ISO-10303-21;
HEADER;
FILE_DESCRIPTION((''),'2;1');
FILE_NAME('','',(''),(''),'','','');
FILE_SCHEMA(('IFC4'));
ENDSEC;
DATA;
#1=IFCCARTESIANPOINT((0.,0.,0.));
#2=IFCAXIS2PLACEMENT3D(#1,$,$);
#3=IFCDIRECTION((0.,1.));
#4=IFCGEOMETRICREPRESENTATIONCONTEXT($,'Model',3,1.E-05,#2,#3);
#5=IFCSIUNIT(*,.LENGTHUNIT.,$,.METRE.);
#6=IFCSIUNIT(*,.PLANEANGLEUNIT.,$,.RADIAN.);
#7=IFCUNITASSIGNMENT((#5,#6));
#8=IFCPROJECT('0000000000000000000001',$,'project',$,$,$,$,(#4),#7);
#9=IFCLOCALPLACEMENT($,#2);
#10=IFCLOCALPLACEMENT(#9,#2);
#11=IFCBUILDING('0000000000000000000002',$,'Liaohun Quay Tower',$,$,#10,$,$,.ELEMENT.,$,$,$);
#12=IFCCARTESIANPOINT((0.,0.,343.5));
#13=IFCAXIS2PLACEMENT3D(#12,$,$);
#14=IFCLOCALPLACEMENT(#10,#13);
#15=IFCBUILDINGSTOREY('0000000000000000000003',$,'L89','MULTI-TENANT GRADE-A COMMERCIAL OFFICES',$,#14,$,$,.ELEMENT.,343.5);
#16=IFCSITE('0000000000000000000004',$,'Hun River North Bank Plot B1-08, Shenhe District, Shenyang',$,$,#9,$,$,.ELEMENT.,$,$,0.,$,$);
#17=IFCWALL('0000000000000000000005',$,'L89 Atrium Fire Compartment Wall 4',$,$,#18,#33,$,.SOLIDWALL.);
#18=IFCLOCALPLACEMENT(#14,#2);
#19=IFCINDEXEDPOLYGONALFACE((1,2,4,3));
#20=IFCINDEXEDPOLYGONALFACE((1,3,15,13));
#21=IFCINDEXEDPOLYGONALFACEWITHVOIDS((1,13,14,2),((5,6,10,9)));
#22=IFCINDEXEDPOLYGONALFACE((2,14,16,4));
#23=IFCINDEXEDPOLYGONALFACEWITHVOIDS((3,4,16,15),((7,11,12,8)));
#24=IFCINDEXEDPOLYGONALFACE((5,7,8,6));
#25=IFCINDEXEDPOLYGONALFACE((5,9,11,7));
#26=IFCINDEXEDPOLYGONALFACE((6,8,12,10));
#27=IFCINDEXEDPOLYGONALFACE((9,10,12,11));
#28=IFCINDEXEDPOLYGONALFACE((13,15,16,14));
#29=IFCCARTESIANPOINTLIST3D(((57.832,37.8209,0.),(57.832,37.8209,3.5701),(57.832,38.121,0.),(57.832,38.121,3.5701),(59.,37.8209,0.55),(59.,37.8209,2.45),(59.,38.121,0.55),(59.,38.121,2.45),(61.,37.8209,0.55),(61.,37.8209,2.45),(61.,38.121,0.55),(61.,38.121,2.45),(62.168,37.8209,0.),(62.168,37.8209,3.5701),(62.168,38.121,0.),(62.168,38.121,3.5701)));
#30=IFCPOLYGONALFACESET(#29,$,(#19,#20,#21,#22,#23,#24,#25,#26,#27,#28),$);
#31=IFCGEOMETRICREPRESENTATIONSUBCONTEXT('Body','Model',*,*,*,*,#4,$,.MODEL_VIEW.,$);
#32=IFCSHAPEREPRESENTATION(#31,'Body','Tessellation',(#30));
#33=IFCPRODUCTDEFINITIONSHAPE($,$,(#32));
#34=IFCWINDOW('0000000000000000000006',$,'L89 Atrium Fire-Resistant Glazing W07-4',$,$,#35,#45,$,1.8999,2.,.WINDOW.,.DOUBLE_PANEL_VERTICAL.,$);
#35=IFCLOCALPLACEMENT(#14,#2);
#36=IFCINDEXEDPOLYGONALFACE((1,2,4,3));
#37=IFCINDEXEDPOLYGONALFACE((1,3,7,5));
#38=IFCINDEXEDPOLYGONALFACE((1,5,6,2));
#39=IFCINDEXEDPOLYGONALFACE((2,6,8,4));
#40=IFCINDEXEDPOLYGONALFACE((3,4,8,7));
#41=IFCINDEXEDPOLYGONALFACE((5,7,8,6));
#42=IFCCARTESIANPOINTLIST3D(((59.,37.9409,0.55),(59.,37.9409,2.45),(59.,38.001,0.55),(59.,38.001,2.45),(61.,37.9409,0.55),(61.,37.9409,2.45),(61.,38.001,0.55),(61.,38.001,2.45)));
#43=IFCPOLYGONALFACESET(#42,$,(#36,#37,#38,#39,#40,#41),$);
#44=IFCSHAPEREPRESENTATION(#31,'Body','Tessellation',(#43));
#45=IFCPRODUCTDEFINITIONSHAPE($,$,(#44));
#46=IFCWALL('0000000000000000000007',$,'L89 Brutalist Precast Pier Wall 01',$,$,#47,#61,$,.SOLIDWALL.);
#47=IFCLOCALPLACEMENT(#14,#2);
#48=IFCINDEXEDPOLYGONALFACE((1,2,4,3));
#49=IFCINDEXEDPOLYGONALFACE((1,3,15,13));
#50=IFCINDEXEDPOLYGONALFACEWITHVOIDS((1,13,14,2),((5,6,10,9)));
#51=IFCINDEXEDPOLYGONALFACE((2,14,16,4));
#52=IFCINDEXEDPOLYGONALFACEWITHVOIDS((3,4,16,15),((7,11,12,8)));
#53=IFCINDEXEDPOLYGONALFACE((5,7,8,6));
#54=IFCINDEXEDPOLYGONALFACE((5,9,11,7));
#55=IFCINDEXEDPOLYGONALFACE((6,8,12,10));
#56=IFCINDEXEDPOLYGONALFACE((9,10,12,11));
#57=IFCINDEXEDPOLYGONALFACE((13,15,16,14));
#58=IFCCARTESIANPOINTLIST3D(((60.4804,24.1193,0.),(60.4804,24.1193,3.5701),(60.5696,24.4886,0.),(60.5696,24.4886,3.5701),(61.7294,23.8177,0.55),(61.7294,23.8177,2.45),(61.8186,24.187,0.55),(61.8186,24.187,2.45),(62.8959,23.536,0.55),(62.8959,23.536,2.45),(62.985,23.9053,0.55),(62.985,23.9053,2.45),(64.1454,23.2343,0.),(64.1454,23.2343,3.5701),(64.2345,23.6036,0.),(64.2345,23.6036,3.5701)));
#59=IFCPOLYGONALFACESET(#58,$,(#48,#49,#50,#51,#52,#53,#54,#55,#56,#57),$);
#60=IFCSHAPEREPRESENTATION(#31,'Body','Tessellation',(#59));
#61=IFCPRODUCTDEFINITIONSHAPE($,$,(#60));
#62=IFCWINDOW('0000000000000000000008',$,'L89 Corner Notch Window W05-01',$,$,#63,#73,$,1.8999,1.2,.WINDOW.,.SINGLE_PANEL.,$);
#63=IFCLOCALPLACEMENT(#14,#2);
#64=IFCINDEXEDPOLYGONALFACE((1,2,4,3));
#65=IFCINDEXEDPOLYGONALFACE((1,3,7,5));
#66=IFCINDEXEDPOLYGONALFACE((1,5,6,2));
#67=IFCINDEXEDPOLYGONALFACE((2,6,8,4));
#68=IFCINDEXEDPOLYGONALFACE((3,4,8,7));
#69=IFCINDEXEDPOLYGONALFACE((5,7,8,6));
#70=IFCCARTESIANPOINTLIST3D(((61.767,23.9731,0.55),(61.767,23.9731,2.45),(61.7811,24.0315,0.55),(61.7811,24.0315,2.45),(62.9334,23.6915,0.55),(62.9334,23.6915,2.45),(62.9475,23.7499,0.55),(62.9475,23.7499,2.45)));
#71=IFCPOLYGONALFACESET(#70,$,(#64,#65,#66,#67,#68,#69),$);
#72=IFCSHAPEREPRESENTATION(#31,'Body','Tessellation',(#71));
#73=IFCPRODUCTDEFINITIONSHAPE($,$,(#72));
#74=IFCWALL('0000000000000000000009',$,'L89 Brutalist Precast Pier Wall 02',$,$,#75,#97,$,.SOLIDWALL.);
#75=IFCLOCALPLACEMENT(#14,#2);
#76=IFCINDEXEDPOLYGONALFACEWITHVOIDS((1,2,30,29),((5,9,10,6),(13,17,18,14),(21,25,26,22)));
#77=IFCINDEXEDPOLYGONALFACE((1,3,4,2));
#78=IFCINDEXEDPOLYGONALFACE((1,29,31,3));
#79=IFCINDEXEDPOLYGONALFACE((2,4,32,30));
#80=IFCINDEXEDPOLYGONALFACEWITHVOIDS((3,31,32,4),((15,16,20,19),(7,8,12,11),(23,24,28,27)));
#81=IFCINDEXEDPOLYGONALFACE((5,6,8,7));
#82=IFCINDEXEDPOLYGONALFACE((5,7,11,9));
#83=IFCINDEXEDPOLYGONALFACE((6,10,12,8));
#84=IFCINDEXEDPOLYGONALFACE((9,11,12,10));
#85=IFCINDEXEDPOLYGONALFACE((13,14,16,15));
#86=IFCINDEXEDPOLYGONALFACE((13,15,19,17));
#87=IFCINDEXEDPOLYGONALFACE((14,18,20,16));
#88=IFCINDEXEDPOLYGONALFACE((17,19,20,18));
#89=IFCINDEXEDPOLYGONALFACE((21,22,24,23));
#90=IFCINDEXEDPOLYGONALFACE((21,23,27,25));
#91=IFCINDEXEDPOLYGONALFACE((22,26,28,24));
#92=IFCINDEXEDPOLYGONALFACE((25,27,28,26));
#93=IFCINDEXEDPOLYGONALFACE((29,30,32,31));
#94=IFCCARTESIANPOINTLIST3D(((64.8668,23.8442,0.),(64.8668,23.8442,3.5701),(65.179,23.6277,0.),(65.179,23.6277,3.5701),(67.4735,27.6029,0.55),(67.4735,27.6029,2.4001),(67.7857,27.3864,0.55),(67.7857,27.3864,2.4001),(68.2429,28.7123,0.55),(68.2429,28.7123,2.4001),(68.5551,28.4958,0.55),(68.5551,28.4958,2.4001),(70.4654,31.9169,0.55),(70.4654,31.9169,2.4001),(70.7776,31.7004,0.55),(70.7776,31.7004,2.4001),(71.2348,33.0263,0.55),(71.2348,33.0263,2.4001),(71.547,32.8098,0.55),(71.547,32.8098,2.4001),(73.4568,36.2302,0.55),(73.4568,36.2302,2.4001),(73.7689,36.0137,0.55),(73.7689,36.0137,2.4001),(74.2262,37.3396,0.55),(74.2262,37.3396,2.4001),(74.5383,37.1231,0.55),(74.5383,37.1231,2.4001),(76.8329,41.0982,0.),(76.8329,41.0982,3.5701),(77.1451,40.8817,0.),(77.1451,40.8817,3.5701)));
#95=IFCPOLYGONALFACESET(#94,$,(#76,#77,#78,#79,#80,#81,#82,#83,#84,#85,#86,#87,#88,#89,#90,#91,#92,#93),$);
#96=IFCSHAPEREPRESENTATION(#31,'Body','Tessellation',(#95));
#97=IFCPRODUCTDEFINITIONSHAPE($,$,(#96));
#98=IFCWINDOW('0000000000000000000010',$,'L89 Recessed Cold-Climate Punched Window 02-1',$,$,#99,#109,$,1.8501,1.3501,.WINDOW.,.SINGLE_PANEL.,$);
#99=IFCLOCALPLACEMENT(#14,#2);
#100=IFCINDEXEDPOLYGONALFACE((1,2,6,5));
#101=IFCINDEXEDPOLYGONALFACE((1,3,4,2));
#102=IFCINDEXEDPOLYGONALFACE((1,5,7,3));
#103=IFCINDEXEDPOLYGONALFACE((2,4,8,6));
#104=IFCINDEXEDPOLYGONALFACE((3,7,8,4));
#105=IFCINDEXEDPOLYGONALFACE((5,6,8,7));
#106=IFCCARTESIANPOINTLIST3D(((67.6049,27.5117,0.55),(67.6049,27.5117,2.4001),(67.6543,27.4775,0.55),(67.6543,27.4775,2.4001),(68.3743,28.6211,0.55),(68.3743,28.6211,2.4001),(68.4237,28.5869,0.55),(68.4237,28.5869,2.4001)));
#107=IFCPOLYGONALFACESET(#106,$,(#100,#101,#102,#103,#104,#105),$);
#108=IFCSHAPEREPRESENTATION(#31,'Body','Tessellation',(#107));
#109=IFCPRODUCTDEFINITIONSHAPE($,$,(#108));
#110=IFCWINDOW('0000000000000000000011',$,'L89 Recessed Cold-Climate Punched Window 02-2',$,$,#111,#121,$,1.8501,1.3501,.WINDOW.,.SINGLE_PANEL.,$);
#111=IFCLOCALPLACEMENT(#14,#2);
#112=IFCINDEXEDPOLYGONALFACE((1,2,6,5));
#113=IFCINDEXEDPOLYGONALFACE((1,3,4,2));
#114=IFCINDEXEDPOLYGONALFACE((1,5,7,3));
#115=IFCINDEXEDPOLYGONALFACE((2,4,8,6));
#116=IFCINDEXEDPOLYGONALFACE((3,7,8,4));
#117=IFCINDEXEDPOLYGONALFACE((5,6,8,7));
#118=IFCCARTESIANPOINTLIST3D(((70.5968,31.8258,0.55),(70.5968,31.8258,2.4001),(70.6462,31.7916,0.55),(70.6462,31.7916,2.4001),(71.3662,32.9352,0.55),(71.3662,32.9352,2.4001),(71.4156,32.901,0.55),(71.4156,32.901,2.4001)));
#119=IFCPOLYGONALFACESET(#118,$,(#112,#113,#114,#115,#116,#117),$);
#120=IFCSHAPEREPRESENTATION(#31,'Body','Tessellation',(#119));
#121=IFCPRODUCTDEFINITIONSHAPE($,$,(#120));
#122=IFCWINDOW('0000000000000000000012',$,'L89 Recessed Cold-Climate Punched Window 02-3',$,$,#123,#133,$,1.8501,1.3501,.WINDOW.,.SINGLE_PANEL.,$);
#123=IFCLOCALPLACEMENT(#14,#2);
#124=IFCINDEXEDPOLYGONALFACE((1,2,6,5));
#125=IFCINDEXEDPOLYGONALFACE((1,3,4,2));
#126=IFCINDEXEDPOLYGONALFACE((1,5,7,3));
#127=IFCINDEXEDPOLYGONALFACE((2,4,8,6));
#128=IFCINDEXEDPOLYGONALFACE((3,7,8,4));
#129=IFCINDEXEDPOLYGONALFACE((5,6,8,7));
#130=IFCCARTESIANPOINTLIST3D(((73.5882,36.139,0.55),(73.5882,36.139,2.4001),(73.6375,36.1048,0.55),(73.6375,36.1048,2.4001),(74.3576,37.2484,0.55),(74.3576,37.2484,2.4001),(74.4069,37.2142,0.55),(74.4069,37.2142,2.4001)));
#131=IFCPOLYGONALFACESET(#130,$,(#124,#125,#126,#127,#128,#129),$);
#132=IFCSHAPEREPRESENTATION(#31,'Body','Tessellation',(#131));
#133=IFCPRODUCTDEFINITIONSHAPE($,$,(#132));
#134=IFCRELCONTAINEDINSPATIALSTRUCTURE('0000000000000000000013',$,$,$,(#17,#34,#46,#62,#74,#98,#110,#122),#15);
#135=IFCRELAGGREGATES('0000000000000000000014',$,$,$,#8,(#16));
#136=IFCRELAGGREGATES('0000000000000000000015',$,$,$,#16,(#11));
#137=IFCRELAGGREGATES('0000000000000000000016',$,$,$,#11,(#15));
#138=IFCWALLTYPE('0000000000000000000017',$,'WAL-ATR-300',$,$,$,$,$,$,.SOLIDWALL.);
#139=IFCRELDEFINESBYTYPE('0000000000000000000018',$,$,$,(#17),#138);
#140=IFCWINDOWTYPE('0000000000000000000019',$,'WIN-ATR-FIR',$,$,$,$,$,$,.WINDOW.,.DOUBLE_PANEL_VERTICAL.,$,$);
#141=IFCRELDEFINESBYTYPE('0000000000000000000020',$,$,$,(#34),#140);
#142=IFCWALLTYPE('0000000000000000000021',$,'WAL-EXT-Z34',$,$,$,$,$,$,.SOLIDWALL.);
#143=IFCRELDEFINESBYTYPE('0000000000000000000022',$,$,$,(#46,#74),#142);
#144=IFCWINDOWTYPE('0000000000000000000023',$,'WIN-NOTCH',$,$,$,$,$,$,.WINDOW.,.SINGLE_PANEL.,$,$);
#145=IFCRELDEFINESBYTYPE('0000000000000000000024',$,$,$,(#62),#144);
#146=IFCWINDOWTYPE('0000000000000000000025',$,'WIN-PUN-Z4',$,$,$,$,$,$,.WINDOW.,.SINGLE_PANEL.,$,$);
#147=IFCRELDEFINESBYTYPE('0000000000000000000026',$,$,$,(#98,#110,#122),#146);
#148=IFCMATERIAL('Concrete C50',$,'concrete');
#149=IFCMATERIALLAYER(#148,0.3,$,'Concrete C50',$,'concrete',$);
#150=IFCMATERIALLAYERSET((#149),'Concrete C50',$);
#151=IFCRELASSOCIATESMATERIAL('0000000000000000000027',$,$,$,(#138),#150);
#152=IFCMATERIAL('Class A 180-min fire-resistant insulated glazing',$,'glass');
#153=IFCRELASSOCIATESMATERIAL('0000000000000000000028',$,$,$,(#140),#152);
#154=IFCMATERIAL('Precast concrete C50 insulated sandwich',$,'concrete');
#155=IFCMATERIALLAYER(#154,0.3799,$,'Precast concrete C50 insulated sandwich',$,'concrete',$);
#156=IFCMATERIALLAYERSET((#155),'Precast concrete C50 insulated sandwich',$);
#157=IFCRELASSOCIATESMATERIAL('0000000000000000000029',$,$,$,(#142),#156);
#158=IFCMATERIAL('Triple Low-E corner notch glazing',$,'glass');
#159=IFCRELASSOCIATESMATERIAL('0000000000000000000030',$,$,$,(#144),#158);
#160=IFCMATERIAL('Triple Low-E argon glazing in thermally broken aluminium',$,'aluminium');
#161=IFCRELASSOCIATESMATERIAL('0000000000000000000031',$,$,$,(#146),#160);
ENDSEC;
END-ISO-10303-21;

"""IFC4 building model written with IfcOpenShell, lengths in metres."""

from ifc_helpers import new_model, si_unit, direction, frame, frame_2d, origin, place, context, subcontext, project, spatial, rectangle, extrude, source, transform, mapped, material, layer, layer_set, type_object, element, fill, save


model = new_model("IFC4")

# Units and contexts
model_context = context("Model", 3, precision=1e-05, world=origin(), true_north=direction((0.0, 1.0)))
body_context = subcontext(model_context, "Body", "Model", "MODEL_VIEW")
ifc_project = project(units=[si_unit("LENGTHUNIT", "METRE"), si_unit("PLANEANGLEUNIT", "RADIAN")], contexts=[model_context])

# Site, building, storey
site_placement = place(None, origin())
site = spatial("IfcSite", under=ifc_project, at=site_placement, Name="Hun River North Bank Plot B1-08, Shenhe District, Shenyang", CompositionType="ELEMENT", RefElevation=0.0)
building_placement = place(site_placement, origin())
building = spatial("IfcBuilding", under=site, at=building_placement, Name="Liaohun Quay Tower", CompositionType="ELEMENT")
storey_placement = place(building_placement, frame((0.0, 0.0, 343.5)))
storey = spatial("IfcBuildingStorey", under=building, at=storey_placement, Name="L89", Description="MULTI-TENANT GRADE-A COMMERCIAL OFFICES", CompositionType="ELEMENT", Elevation=343.5)

# Shared definitions
ifc_material_1 = material(Name="Concrete C50", Category="concrete")

# Walls, openings, windows
ifc_layer_1 = layer(ifc_material_1, 0.3, Name="Concrete C50", Category="concrete")
ifc_layer_set_1 = layer_set([ifc_layer_1], Name="Concrete C50")
wall_type_1 = type_object("IfcWallType", Name="WAL-ATR-300", PredefinedType="SOLIDWALL", material=ifc_layer_set_1)
shared_shape_1 = source(origin(), body_context, "Body", "SweptSolid", [
    extrude(rectangle(XDim=2.0, YDim=1.8999, at=frame_2d((1.0, 0.95))), frame((0.0, 0.1599, 0.0), z_axis=(0.0, -1.0, 0.0), x_axis=(1.0, 0.0, 0.0)), (0.0, 0.0, 1.0), 0.3201),
])
ifc_material_2 = material(Name="Class A 180-min fire-resistant insulated glazing", Category="glass")
window_type_1 = type_object("IfcWindowType", Name="WIN-ATR-FIR", PartitioningType="DOUBLE_PANEL_VERTICAL", PredefinedType="WINDOW", material=ifc_material_2)
shared_shape_2 = source(origin(), body_context, "Body", "SweptSolid", [
    extrude(rectangle(XDim=2.0, YDim=1.8999, at=frame_2d((1.0, 0.95))), frame((0.0, 0.03, 0.0), z_axis=(0.0, -1.0, 0.0), x_axis=(1.0, 0.0, 0.0)), (0.0, 0.0, 1.0), 0.0601),
])
wall_1_placement = place(storey_placement, frame((62.168, 37.9709, 0.0), z_axis=(0.0, 0.0, 1.0), x_axis=(-1.0, 0.0, 0.0)))
wall_1 = element("IfcWall", 1, at=wall_1_placement, inside=storey, type_object=wall_type_1, Name="L89 Atrium Fire Compartment Wall 4", PredefinedType="SOLIDWALL", context=body_context, shape_type="SweptSolid", body=[
    extrude(rectangle(XDim=4.3359, YDim=0.3, at=frame_2d((2.168, 0.0))), origin(), (0.0, 0.0, 1.0), 3.5701),
])
opening_1_placement = place(wall_1_placement, frame((1.168, 0.0, 0.55)))
opening_1 = element("IfcOpeningElement", 2, at=opening_1_placement, cuts=wall_1, PredefinedType="OPENING", context=body_context, shape_type="MappedRepresentation", body=[
    mapped(shared_shape_1, transform((0.0, 0.0, 0.0), x_axis=(1.0, 0.0, 0.0), y_axis=(0.0, 1.0, 0.0), z_axis=(0.0, 0.0, 1.0), scale=1.0)),
])
window_1_placement = place(opening_1_placement, origin())
window_1 = element("IfcWindow", 3, at=window_1_placement, inside=storey, type_object=window_type_1, Name="L89 Atrium Fire-Resistant Glazing W07-4", OverallHeight=1.8999, OverallWidth=2.0, PartitioningType="DOUBLE_PANEL_VERTICAL", PredefinedType="WINDOW", context=body_context, shape_type="MappedRepresentation", body=[
    mapped(shared_shape_2, transform((0.0, 0.0, 0.0), x_axis=(1.0, 0.0, 0.0), y_axis=(0.0, 1.0, 0.0), z_axis=(0.0, 0.0, 1.0), scale=1.0)),
])
fill(opening_1, window_1)
ifc_material_3 = material(Name="Precast concrete C50 insulated sandwich", Category="concrete")
ifc_layer_2 = layer(ifc_material_3, 0.3799, Name="Precast concrete C50 insulated sandwich", Category="concrete")
ifc_layer_set_2 = layer_set([ifc_layer_2], Name="Precast concrete C50 insulated sandwich")
wall_type_2 = type_object("IfcWallType", Name="WAL-EXT-Z34", PredefinedType="SOLIDWALL", material=ifc_layer_set_2)
wall_2_placement = place(storey_placement, frame((60.5249, 24.304, 0.0), z_axis=(0.0, 0.0, 1.0), x_axis=(0.972061, -0.234727, 0.0)))
wall_2 = element("IfcWall", 4, at=wall_2_placement, inside=storey, type_object=wall_type_2, Name="L89 Brutalist Precast Pier Wall 01", PredefinedType="SOLIDWALL", context=body_context, shape_type="SweptSolid", body=[
    extrude(rectangle(XDim=3.7703, YDim=0.3799, at=frame_2d((1.8853, 0.0))), origin(), (0.0, 0.0, 1.0), 3.5701),
])
shared_shape_3 = source(origin(), body_context, "Body", "SweptSolid", [
    extrude(rectangle(XDim=1.2, YDim=1.8999, at=frame_2d((0.6001, 0.95))), frame((0.0, 0.2, 0.0), z_axis=(0.0, -1.0, 0.0), x_axis=(1.0, 0.0, 0.0)), (0.0, 0.0, 1.0), 0.3999),
])
opening_2_placement = place(wall_2_placement, frame((1.2849, 0.0, 0.55)))
opening_2 = element("IfcOpeningElement", 5, at=opening_2_placement, cuts=wall_2, PredefinedType="OPENING", context=body_context, shape_type="MappedRepresentation", body=[
    mapped(shared_shape_3, transform((0.0, 0.0, 0.0), x_axis=(1.0, 0.0, 0.0), y_axis=(0.0, 1.0, 0.0), z_axis=(0.0, 0.0, 1.0), scale=1.0)),
])
ifc_material_4 = material(Name="Triple Low-E corner notch glazing", Category="glass")
window_type_2 = type_object("IfcWindowType", Name="WIN-NOTCH", PartitioningType="SINGLE_PANEL", PredefinedType="WINDOW", material=ifc_material_4)
shared_shape_4 = source(origin(), body_context, "Body", "SweptSolid", [
    extrude(rectangle(XDim=1.2, YDim=1.8999, at=frame_2d((0.6001, 0.95))), frame((0.0, 0.03, 0.0), z_axis=(0.0, -1.0, 0.0), x_axis=(1.0, 0.0, 0.0)), (0.0, 0.0, 1.0), 0.0601),
])
window_2_placement = place(opening_2_placement, origin())
window_2 = element("IfcWindow", 6, at=window_2_placement, inside=storey, type_object=window_type_2, Name="L89 Corner Notch Window W05-01", OverallHeight=1.8999, OverallWidth=1.2, PartitioningType="SINGLE_PANEL", PredefinedType="WINDOW", context=body_context, shape_type="MappedRepresentation", body=[
    mapped(shared_shape_4, transform((0.0, 0.0, 0.0), x_axis=(1.0, 0.0, 0.0), y_axis=(0.0, 1.0, 0.0), z_axis=(0.0, 0.0, 1.0), scale=1.0)),
])
fill(opening_2, window_2)

# Wall, openings, windows
wall_3_placement = place(storey_placement, frame((65.0229, 23.7361, 0.0), z_axis=(0.0, 0.0, 1.0), x_axis=(0.569888, 0.821723, 0.0)))
wall_3 = element("IfcWall", 7, at=wall_3_placement, inside=storey, type_object=wall_type_2, Name="L89 Brutalist Precast Pier Wall 02", PredefinedType="SOLIDWALL", context=body_context, shape_type="SweptSolid", body=[
    extrude(rectangle(XDim=20.9973, YDim=0.3799, at=frame_2d((10.4985, 0.0))), origin(), (0.0, 0.0, 1.0), 3.5701),
])
shared_shape_5 = source(origin(), body_context, "Body", "SweptSolid", [
    extrude(rectangle(XDim=1.3501, YDim=1.8501, at=frame_2d((0.675, 0.925))), frame((0.0, 0.2, 0.0), z_axis=(0.0, -1.0, 0.0), x_axis=(1.0, 0.0, 0.0)), (0.0, 0.0, 1.0), 0.3999),
])
opening_3_placement = place(wall_3_placement, frame((4.574, 0.0, 0.55)))
opening_3 = element("IfcOpeningElement", 8, at=opening_3_placement, cuts=wall_3, PredefinedType="OPENING", context=body_context, shape_type="MappedRepresentation", body=[
    mapped(shared_shape_5, transform((0.0, 0.0, 0.0), x_axis=(1.0, 0.0, 0.0), y_axis=(0.0, 1.0, 0.0), z_axis=(0.0, 0.0, 1.0), scale=1.0)),
])
opening_4_placement = place(wall_3_placement, frame((9.824, 0.0, 0.55)))
opening_4 = element("IfcOpeningElement", 9, at=opening_4_placement, cuts=wall_3, PredefinedType="OPENING", context=body_context, shape_type="MappedRepresentation", body=[
    mapped(shared_shape_5, transform((0.0, 0.0, 0.0), x_axis=(1.0, 0.0, 0.0), y_axis=(0.0, 1.0, 0.0), z_axis=(0.0, 0.0, 1.0), scale=1.0)),
])
opening_5_placement = place(wall_3_placement, frame((15.073, 0.0, 0.55)))
opening_5 = element("IfcOpeningElement", 10, at=opening_5_placement, cuts=wall_3, PredefinedType="OPENING", context=body_context, shape_type="MappedRepresentation", body=[
    mapped(shared_shape_5, transform((0.0, 0.0, 0.0), x_axis=(1.0, 0.0, 0.0), y_axis=(0.0, 1.0, 0.0), z_axis=(0.0, 0.0, 1.0), scale=1.0)),
])
ifc_material_5 = material(Name="Triple Low-E argon glazing in thermally broken aluminium", Category="aluminium")
window_type_3 = type_object("IfcWindowType", Name="WIN-PUN-Z4", PartitioningType="SINGLE_PANEL", PredefinedType="WINDOW", material=ifc_material_5)
shared_shape_6 = source(origin(), body_context, "Body", "SweptSolid", [
    extrude(rectangle(XDim=1.3501, YDim=1.8501, at=frame_2d((0.675, 0.925))), frame((0.0, 0.03, 0.0), z_axis=(0.0, -1.0, 0.0), x_axis=(1.0, 0.0, 0.0)), (0.0, 0.0, 1.0), 0.0601),
])
window_3_placement = place(opening_3_placement, origin())
window_3 = element("IfcWindow", 11, at=window_3_placement, inside=storey, type_object=window_type_3, Name="L89 Recessed Cold-Climate Punched Window 02-1", OverallHeight=1.8501, OverallWidth=1.3501, PartitioningType="SINGLE_PANEL", PredefinedType="WINDOW", context=body_context, shape_type="MappedRepresentation", body=[
    mapped(shared_shape_6, transform((0.0, 0.0, 0.0), x_axis=(1.0, 0.0, 0.0), y_axis=(0.0, 1.0, 0.0), z_axis=(0.0, 0.0, 1.0), scale=1.0)),
])
fill(opening_3, window_3)
window_4_placement = place(opening_4_placement, origin())
window_4 = element("IfcWindow", 12, at=window_4_placement, inside=storey, type_object=window_type_3, Name="L89 Recessed Cold-Climate Punched Window 02-2", OverallHeight=1.8501, OverallWidth=1.3501, PartitioningType="SINGLE_PANEL", PredefinedType="WINDOW", context=body_context, shape_type="MappedRepresentation", body=[
    mapped(shared_shape_6, transform((0.0, 0.0, 0.0), x_axis=(1.0, 0.0, 0.0), y_axis=(0.0, 1.0, 0.0), z_axis=(0.0, 0.0, 1.0), scale=1.0)),
])
fill(opening_4, window_4)
window_5_placement = place(opening_5_placement, origin())
window_5 = element("IfcWindow", 13, at=window_5_placement, inside=storey, type_object=window_type_3, Name="L89 Recessed Cold-Climate Punched Window 02-3", OverallHeight=1.8501, OverallWidth=1.3501, PartitioningType="SINGLE_PANEL", PredefinedType="WINDOW", context=body_context, shape_type="MappedRepresentation", body=[
    mapped(shared_shape_6, transform((0.0, 0.0, 0.0), x_axis=(1.0, 0.0, 0.0), y_axis=(0.0, 1.0, 0.0), z_axis=(0.0, 0.0, 1.0), scale=1.0)),
])
fill(opening_5, window_5)

save(model, "model.ifc")
